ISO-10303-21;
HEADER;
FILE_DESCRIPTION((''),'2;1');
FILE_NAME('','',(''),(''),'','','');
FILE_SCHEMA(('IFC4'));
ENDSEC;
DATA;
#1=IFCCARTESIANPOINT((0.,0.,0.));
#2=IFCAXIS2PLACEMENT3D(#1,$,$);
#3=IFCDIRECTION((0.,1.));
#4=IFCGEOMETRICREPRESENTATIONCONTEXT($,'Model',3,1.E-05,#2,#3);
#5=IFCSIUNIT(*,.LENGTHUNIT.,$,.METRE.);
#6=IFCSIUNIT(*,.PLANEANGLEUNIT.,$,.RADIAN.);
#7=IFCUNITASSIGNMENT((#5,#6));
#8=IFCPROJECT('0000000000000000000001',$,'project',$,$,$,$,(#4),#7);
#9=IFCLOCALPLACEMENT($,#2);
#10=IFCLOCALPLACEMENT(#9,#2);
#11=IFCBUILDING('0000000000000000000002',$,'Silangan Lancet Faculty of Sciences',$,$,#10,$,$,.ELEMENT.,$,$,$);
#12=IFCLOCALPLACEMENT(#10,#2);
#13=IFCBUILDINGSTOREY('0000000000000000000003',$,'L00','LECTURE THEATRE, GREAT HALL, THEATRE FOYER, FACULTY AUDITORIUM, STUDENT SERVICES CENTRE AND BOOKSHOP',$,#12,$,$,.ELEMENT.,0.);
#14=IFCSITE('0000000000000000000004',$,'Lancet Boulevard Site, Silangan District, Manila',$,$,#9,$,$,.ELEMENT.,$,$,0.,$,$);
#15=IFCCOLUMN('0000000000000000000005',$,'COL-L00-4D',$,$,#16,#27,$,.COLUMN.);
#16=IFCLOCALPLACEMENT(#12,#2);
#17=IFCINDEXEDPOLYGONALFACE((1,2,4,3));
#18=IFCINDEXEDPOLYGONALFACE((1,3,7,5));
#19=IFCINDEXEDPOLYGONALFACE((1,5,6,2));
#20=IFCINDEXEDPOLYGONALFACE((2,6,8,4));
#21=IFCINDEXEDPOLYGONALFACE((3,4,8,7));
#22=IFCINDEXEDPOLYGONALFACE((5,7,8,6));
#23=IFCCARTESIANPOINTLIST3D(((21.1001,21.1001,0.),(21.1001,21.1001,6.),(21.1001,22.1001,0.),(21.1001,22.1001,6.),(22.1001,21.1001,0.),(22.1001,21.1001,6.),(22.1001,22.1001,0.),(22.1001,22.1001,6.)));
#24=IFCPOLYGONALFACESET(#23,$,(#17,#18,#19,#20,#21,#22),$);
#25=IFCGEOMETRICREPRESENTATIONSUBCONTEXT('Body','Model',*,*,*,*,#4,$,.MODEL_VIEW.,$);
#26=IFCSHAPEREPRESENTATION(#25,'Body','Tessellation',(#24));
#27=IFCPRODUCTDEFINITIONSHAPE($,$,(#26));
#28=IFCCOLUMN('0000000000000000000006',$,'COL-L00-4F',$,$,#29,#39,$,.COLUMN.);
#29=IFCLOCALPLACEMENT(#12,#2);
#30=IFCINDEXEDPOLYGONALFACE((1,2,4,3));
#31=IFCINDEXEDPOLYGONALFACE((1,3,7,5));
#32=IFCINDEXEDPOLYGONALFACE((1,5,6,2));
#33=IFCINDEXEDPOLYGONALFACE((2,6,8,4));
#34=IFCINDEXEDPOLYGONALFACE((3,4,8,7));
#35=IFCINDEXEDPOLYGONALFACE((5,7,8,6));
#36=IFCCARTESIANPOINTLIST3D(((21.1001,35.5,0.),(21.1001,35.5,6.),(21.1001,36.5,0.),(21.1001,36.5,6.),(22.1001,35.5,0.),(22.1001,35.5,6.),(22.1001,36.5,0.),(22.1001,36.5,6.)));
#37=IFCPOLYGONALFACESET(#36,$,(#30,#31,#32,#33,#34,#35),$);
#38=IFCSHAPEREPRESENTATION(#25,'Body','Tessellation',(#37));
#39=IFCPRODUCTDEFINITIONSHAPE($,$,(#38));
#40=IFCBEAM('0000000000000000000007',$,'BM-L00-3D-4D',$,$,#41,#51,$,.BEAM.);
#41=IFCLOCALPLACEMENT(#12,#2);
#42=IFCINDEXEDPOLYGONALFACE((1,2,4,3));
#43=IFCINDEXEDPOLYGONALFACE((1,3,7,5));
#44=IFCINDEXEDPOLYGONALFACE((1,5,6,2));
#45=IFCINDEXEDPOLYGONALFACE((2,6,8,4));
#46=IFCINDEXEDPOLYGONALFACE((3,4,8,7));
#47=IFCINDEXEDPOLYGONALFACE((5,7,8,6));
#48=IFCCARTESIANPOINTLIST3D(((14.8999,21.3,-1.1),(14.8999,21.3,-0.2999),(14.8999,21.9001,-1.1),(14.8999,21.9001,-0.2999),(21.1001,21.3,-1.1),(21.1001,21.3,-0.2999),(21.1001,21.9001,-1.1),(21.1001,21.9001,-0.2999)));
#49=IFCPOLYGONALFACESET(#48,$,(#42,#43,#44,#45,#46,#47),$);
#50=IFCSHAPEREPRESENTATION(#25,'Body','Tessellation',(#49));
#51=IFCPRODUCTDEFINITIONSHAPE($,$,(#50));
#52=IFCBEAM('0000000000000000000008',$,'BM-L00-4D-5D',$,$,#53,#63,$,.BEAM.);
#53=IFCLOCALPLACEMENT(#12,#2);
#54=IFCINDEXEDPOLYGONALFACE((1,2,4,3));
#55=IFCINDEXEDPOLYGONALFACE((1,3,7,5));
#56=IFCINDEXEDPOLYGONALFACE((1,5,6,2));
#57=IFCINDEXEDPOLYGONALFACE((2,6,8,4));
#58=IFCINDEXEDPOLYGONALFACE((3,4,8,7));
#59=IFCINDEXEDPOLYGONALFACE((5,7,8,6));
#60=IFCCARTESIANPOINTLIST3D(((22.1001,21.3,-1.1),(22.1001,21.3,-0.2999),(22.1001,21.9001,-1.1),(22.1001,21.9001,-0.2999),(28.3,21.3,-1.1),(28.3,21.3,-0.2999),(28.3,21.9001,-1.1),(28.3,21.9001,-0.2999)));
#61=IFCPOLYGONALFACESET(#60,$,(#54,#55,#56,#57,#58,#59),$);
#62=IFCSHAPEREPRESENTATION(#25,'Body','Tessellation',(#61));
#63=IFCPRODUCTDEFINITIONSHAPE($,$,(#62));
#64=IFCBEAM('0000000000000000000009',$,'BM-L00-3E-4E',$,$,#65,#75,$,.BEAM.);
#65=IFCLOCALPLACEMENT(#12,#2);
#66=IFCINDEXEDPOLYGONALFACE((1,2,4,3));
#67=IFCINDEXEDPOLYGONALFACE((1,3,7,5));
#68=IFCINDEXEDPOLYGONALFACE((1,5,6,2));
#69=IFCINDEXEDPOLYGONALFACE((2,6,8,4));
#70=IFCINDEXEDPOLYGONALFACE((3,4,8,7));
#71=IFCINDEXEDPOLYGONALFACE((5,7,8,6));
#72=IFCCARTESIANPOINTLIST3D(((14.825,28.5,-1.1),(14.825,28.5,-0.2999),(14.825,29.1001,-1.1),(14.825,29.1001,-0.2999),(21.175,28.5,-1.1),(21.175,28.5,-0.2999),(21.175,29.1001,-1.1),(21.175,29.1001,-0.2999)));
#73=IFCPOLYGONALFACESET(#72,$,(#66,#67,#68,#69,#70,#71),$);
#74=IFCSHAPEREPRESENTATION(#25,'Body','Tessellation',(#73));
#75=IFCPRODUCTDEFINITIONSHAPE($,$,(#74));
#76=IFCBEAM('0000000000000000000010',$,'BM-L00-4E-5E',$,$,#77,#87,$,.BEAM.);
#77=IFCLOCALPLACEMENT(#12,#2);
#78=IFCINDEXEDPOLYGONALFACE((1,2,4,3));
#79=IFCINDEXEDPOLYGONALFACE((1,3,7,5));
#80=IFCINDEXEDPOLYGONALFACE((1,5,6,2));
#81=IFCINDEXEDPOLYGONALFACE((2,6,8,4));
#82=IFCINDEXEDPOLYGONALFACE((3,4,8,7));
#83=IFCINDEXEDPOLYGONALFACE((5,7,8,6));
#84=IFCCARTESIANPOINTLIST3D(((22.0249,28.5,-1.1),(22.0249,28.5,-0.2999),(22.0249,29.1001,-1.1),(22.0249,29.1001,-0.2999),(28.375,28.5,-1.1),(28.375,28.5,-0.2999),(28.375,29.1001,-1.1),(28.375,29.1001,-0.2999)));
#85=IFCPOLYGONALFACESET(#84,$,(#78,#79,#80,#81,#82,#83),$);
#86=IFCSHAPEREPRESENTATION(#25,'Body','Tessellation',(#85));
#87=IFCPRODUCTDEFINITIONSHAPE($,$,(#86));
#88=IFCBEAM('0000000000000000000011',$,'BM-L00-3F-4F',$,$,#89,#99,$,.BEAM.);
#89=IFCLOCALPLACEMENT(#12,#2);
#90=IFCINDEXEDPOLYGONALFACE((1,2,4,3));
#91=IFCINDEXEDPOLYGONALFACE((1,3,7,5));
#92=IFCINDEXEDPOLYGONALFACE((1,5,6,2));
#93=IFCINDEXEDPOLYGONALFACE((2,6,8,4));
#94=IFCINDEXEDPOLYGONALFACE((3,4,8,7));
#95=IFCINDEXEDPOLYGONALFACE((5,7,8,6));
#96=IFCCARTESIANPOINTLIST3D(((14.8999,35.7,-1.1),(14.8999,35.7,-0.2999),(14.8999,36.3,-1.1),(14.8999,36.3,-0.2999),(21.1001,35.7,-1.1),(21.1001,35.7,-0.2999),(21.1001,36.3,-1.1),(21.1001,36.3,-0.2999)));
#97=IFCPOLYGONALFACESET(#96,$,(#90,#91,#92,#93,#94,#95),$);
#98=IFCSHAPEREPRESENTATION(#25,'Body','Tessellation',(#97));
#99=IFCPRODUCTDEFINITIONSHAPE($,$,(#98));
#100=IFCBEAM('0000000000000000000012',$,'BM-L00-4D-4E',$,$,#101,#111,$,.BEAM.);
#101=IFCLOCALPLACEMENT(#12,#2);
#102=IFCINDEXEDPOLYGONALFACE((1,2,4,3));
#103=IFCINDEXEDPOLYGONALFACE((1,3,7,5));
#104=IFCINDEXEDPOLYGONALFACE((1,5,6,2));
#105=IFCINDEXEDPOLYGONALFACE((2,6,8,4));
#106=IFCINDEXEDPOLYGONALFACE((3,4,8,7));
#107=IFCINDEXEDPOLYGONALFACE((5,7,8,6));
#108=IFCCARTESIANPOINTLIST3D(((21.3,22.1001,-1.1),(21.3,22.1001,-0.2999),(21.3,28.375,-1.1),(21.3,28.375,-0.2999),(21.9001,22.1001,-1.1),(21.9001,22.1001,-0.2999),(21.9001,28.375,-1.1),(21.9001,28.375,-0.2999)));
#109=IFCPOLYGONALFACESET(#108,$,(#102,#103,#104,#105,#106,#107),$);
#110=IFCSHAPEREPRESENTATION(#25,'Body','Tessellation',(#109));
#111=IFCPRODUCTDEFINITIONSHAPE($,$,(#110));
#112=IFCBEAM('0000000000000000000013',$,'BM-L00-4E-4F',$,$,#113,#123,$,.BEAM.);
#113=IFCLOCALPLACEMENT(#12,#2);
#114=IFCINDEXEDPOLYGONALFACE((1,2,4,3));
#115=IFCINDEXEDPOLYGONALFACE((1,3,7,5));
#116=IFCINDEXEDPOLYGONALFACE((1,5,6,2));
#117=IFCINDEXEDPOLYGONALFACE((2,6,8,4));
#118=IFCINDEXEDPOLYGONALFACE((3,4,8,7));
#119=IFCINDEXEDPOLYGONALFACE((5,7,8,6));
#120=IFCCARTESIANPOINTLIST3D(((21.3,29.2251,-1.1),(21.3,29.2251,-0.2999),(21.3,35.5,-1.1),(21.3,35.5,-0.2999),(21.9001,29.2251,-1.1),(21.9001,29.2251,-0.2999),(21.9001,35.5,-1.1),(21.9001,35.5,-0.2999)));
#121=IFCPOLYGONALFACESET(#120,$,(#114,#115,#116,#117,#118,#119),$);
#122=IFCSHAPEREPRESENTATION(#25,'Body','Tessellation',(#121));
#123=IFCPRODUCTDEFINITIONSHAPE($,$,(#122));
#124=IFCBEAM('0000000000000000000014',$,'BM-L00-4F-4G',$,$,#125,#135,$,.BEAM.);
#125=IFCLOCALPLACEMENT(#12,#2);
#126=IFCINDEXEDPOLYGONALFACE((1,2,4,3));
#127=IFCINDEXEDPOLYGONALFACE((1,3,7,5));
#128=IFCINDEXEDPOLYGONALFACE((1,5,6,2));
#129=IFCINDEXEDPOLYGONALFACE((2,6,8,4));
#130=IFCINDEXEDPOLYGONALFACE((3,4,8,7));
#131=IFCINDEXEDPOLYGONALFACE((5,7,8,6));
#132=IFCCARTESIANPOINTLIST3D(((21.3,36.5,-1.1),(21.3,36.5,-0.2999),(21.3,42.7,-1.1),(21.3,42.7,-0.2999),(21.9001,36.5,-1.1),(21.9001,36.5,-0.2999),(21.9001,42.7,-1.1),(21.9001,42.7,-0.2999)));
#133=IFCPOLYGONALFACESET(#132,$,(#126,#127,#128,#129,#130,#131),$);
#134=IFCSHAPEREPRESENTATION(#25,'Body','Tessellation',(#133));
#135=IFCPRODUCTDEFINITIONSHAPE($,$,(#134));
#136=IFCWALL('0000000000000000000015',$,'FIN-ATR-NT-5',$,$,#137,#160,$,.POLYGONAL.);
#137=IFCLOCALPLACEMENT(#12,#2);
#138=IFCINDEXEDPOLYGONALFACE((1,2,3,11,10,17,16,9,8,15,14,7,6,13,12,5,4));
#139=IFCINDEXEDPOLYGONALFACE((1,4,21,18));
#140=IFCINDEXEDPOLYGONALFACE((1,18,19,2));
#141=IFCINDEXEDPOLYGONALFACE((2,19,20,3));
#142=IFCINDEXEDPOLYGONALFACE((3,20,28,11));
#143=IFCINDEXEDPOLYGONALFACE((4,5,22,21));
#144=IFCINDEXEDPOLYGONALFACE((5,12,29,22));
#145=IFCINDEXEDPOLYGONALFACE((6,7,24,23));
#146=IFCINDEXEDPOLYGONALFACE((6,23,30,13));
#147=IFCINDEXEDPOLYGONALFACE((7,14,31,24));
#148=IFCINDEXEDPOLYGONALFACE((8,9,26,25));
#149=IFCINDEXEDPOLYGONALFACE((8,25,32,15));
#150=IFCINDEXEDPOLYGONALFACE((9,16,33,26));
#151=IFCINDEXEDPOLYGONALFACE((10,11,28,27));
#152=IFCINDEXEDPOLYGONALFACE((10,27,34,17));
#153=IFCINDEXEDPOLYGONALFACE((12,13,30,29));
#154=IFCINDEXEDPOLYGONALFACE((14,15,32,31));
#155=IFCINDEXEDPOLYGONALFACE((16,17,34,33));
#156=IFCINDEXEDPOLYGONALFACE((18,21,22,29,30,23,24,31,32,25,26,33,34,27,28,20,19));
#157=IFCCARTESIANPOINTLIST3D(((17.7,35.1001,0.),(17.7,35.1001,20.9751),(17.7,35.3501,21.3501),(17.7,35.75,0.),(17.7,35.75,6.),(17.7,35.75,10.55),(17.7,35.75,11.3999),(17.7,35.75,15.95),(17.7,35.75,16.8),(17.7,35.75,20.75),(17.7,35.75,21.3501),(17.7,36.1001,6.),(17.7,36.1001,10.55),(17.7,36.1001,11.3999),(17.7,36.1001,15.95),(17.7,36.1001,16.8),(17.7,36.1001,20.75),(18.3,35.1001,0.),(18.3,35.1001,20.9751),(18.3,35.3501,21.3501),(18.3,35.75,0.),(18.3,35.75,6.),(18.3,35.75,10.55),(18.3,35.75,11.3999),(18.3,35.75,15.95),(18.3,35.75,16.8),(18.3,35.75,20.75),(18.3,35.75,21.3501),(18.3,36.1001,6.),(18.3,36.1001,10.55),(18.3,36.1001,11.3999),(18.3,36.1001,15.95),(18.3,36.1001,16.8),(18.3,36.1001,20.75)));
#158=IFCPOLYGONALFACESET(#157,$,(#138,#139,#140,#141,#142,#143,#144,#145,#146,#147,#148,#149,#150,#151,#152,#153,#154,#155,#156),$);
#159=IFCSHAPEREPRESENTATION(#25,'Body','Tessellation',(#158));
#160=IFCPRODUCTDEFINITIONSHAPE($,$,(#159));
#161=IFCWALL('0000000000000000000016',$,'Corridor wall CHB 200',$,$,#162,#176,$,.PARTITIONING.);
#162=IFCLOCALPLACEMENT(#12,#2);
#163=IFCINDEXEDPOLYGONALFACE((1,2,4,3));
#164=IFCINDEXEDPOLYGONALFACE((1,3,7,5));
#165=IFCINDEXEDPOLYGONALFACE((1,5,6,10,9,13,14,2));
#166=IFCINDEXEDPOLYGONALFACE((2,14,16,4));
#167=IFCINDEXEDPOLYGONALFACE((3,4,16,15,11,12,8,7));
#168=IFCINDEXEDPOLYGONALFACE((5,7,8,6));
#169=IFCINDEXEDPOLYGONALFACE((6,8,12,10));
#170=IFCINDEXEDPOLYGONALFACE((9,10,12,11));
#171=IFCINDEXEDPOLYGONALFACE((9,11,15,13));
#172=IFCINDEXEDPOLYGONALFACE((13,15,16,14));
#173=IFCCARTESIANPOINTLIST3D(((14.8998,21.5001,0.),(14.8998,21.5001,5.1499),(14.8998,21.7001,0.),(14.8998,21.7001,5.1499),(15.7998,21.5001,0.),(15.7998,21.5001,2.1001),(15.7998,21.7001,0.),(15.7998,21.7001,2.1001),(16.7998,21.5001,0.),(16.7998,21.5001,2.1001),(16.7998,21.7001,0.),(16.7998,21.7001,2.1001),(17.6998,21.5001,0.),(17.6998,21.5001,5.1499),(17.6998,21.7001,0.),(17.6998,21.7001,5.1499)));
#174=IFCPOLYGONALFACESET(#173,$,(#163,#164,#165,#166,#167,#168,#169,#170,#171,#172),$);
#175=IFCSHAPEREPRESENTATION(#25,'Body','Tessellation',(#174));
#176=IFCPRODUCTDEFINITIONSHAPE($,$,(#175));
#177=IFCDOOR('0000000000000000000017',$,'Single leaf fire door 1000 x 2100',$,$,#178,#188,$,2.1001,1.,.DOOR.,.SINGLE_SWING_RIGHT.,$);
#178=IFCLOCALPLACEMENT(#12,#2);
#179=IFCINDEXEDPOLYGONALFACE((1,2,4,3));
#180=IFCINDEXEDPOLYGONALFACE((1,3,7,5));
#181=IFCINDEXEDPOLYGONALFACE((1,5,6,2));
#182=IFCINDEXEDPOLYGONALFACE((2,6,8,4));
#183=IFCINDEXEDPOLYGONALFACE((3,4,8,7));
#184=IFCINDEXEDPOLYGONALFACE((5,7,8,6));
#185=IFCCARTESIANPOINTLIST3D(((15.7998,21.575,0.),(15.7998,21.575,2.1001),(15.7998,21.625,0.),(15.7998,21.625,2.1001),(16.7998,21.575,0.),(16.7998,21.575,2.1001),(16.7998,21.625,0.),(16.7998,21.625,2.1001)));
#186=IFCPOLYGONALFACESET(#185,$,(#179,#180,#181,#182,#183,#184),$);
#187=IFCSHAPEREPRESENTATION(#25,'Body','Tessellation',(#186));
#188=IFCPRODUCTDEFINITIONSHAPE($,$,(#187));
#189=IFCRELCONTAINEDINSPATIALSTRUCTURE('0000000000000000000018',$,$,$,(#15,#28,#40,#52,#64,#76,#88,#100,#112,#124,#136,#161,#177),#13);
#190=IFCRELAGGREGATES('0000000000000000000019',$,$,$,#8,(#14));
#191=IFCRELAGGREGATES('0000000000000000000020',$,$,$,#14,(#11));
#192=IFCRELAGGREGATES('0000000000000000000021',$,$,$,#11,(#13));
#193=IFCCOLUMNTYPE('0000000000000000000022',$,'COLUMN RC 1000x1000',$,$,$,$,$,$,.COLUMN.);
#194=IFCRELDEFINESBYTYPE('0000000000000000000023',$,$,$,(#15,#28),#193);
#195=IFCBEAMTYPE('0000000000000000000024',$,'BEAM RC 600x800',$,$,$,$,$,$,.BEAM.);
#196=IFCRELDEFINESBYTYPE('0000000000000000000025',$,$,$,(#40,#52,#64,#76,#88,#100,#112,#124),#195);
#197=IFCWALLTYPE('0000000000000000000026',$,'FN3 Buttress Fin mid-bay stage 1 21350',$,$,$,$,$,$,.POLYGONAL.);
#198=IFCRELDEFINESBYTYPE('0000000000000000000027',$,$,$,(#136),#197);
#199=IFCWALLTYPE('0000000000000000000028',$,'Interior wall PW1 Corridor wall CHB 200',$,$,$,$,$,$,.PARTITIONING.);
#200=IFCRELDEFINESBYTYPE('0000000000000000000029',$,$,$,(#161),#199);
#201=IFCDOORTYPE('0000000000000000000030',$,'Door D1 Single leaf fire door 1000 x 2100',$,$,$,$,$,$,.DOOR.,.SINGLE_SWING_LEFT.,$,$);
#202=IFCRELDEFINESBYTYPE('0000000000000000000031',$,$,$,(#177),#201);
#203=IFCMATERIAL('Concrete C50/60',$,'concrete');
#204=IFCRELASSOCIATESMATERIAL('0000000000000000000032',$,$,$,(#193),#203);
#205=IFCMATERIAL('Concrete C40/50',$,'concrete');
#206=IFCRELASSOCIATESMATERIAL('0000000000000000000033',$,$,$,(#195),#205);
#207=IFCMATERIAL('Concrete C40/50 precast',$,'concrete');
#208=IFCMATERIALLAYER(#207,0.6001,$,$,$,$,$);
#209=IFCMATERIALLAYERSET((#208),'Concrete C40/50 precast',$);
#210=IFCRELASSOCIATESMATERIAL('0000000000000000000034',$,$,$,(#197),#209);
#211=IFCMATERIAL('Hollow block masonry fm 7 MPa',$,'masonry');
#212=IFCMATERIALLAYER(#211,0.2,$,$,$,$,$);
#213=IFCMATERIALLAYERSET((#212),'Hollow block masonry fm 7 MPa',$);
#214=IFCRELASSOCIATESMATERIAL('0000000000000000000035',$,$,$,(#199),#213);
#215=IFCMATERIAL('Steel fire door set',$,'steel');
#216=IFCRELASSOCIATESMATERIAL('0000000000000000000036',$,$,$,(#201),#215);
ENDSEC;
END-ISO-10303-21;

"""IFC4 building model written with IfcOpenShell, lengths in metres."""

from ifc_helpers import new_model, si_unit, direction, frame, frame_2d, origin, origin_2d, place, context, subcontext, project, spatial, polyline, rectangle, outline, extrude, material, layer, layer_set, material_profile, profile_set, type_object, element, fill, save


model = new_model("IFC4")

# Units and contexts
model_context = context("Model", 3, precision=1e-05, world=origin(), true_north=direction((0.0, 1.0)))
body_context = subcontext(model_context, "Body", "Model", "MODEL_VIEW")
ifc_project = project(units=[si_unit("LENGTHUNIT", "METRE"), si_unit("PLANEANGLEUNIT", "RADIAN")], contexts=[model_context])

# Site, building, storey
site_placement = place(None, origin())
site = spatial("IfcSite", under=ifc_project, at=site_placement, Name="Lancet Boulevard Site, Silangan District, Manila", CompositionType="ELEMENT", RefElevation=0.0)
building_placement = place(site_placement, origin())
building = spatial("IfcBuilding", under=site, at=building_placement, Name="Silangan Lancet Faculty of Sciences", CompositionType="ELEMENT")
storey_placement = place(building_placement, origin())
storey = spatial("IfcBuildingStorey", under=building, at=storey_placement, Name="L00", Description="LECTURE THEATRE, GREAT HALL, THEATRE FOYER, FACULTY AUDITORIUM, STUDENT SERVICES CENTRE AND BOOKSHOP", CompositionType="ELEMENT", Elevation=0.0)

# Columns
ifc_material_1 = material(Name="Concrete C50/60", Category="concrete")
ifc_material_profile_1 = material_profile(ifc_material_1, rectangle(XDim=1.0, YDim=1.0, at=origin_2d()), Name="RC 1000x1000")
ifc_profile_set_1 = profile_set([ifc_material_profile_1], Name="Concrete C50/60")
column_type = type_object("IfcColumnType", Name="COLUMN RC 1000x1000", PredefinedType="COLUMN", material=ifc_profile_set_1)
for number, where, z_axis, x_axis, name in (
    (1, (21.6001, 21.6001, 0.0), (0.0, 0.0, 1.0), (1.0, 0.0, 0.0), "COL-L00-4D"),
    (2, (21.6001, 36.0, 0.0), (0.0, 0.0, 1.0), (1.0, 0.0, 0.0), "COL-L00-4F"),
):
    element("IfcColumn", number, at=place(storey_placement, frame(where, z_axis=z_axis, x_axis=x_axis)), inside=storey, type_object=column_type, Name=name, PredefinedType="COLUMN", context=body_context, shape_type="SweptSolid", body=[
        extrude(rectangle(XDim=1.0, YDim=1.0, at=origin_2d()), origin(), (0.0, 0.0, 1.0), 6.0),
    ])

# Beams
ifc_material_2 = material(Name="Concrete C40/50", Category="concrete")
ifc_material_profile_2 = material_profile(ifc_material_2, rectangle(XDim=0.6001, YDim=0.8, at=origin_2d()), Name="RC 600x800")
ifc_profile_set_2 = profile_set([ifc_material_profile_2], Name="Concrete C40/50")
beam_type = type_object("IfcBeamType", Name="BEAM RC 600x800", PredefinedType="BEAM", material=ifc_profile_set_2)
beam_1_placement = place(storey_placement, frame((14.8999, 21.6001, -0.7), z_axis=(1.0, 0.0, 0.0), x_axis=(0.0, 1.0, 0.0)))
element("IfcBeam", 3, at=beam_1_placement, inside=storey, type_object=beam_type, Name="BM-L00-3D-4D", PredefinedType="BEAM", context=body_context, shape_type="SweptSolid", body=[
    extrude(rectangle(XDim=0.6001, YDim=0.8, at=origin_2d()), origin(), (0.0, 0.0, 1.0), 6.2002),
])
beam_2_placement = place(storey_placement, frame((22.1001, 21.6001, -0.7), z_axis=(1.0, 0.0, 0.0), x_axis=(0.0, 1.0, 0.0)))
element("IfcBeam", 4, at=beam_2_placement, inside=storey, type_object=beam_type, Name="BM-L00-4D-5D", PredefinedType="BEAM", context=body_context, shape_type="SweptSolid", body=[
    extrude(rectangle(XDim=0.6001, YDim=0.8, at=origin_2d()), origin(), (0.0, 0.0, 1.0), 6.2),
])
for number, where, z_axis, x_axis, name in (
    (5, (14.825, 28.8, -0.7), (1.0, 0.0, 0.0), (0.0, 1.0, 0.0), "BM-L00-3E-4E"),
    (6, (22.0249, 28.8, -0.7), (1.0, 0.0, 0.0), (0.0, 1.0, 0.0), "BM-L00-4E-5E"),
):
    element("IfcBeam", number, at=place(storey_placement, frame(where, z_axis=z_axis, x_axis=x_axis)), inside=storey, type_object=beam_type, Name=name, PredefinedType="BEAM", context=body_context, shape_type="SweptSolid", body=[
        extrude(rectangle(XDim=0.6001, YDim=0.8, at=origin_2d()), origin(), (0.0, 0.0, 1.0), 6.3501),
    ])
beam_3_placement = place(storey_placement, frame((14.8999, 36.0, -0.7), z_axis=(1.0, 0.0, 0.0), x_axis=(0.0, 1.0, 0.0)))
element("IfcBeam", 7, at=beam_3_placement, inside=storey, type_object=beam_type, Name="BM-L00-3F-4F", PredefinedType="BEAM", context=body_context, shape_type="SweptSolid", body=[
    extrude(rectangle(XDim=0.6001, YDim=0.8, at=origin_2d()), origin(), (0.0, 0.0, 1.0), 6.2002),
])
for number, where, z_axis, x_axis, name in (
    (8, (21.6001, 22.1001, -0.7), (0.0, 1.0, 0.0), (-1.0, 0.0, 0.0), "BM-L00-4D-4E"),
    (9, (21.6001, 29.2251, -0.7), (0.0, 1.0, 0.0), (-1.0, 0.0, 0.0), "BM-L00-4E-4F"),
):
    element("IfcBeam", number, at=place(storey_placement, frame(where, z_axis=z_axis, x_axis=x_axis)), inside=storey, type_object=beam_type, Name=name, PredefinedType="BEAM", context=body_context, shape_type="SweptSolid", body=[
        extrude(rectangle(XDim=0.6001, YDim=0.8, at=origin_2d()), origin(), (0.0, 0.0, 1.0), 6.2749),
    ])
beam_4_placement = place(storey_placement, frame((21.6001, 36.5, -0.7), z_axis=(0.0, 1.0, 0.0), x_axis=(-1.0, 0.0, 0.0)))
element("IfcBeam", 10, at=beam_4_placement, inside=storey, type_object=beam_type, Name="BM-L00-4F-4G", PredefinedType="BEAM", context=body_context, shape_type="SweptSolid", body=[
    extrude(rectangle(XDim=0.6001, YDim=0.8, at=origin_2d()), origin(), (0.0, 0.0, 1.0), 6.2),
])

# Wall
ifc_material_3 = material(Name="Concrete C40/50 precast", Category="concrete")
ifc_layer_1 = layer(ifc_material_3, 0.6001)
ifc_layer_set_1 = layer_set([ifc_layer_1], Name="Concrete C40/50 precast")
wall_type_1 = type_object("IfcWallType", Name="FN3 Buttress Fin mid-bay stage 1 21350", PredefinedType="POLYGONAL", material=ifc_layer_set_1)
wall_1_placement = place(storey_placement, frame((18.0, 36.1001, 0.0), z_axis=(0.0, 0.0, 1.0), x_axis=(0.0, -1.0, 0.0)))
element("IfcWall", 11, at=wall_1_placement, inside=storey, type_object=wall_type_1, Name="FIN-ATR-NT-5", PredefinedType="POLYGONAL", context=body_context, shape_type="SweptSolid", body=[
    extrude(outline(polyline([(1.0, 0.0), (1.0, 20.9751), (0.75, 21.3501), (0.3501, 21.3501), (0.3501, 20.75), (0.0, 20.75), (0.0, 16.8), (0.3501, 16.8), (0.3501, 15.95), (0.0, 15.95), (0.0, 11.3999), (0.3501, 11.3999), (0.3501, 10.55), (0.0, 10.55), (0.0, 6.0), (0.3501, 6.0), (0.3501, 0.0), (1.0, 0.0)])), frame((0.0, 0.3, 0.0), z_axis=(0.0, -1.0, 0.0), x_axis=(1.0, 0.0, 0.0)), (0.0, 0.0, 1.0), 0.6001),
])

# Wall, opening, door
ifc_material_4 = material(Name="Hollow block masonry fm 7 MPa", Category="masonry")
ifc_layer_2 = layer(ifc_material_4, 0.2)
ifc_layer_set_2 = layer_set([ifc_layer_2], Name="Hollow block masonry fm 7 MPa")
wall_type_2 = type_object("IfcWallType", Name="Interior wall PW1 Corridor wall CHB 200", PredefinedType="PARTITIONING", material=ifc_layer_set_2)
wall_2_placement = place(storey_placement, frame((14.8999, 21.6001, 0.0), z_axis=(0.0, 0.0, 1.0), x_axis=(1.0, 0.0, 0.0)))
wall_2 = element("IfcWall", 12, at=wall_2_placement, inside=storey, type_object=wall_type_2, Name="Corridor wall CHB 200", PredefinedType="PARTITIONING", context=body_context, shape_type="SweptSolid", body=[
    extrude(rectangle(XDim=2.8, YDim=0.2, at=frame_2d((1.3999, 0.0))), origin(), (0.0, 0.0, 1.0), 5.1499),
])
opening_1_placement = place(wall_2_placement, frame((0.8999, 0.0, 0.0)))
opening_1 = element("IfcOpeningElement", 13, at=opening_1_placement, cuts=wall_2, PredefinedType="OPENING", context=body_context, shape_type="SweptSolid", body=[
    extrude(rectangle(XDim=1.0, YDim=2.1001, at=frame_2d((0.5, 1.05))), frame((0.0, 0.1099, 0.0), z_axis=(0.0, -1.0, 0.0), x_axis=(1.0, 0.0, 0.0)), (0.0, 0.0, 1.0), 0.22),
])
ifc_material_5 = material(Name="Steel fire door set", Category="steel")
door_type = type_object("IfcDoorType", Name="Door D1 Single leaf fire door 1000 x 2100", OperationType="SINGLE_SWING_LEFT", PredefinedType="DOOR", material=ifc_material_5)
door_1_placement = place(opening_1_placement, frame((1.0, 0.0, 0.0), z_axis=(0.0, 0.0, 1.0), x_axis=(-1.0, 0.0, 0.0)))
door_1 = element("IfcDoor", 14, at=door_1_placement, inside=storey, type_object=door_type, Name="Single leaf fire door 1000 x 2100", OperationType="SINGLE_SWING_RIGHT", OverallHeight=2.1001, OverallWidth=1.0, PredefinedType="DOOR", context=body_context, shape_type="SweptSolid", body=[
    extrude(rectangle(XDim=1.0, YDim=2.1001, at=frame_2d((0.5, 1.05))), frame((0.0, 0.0251, 0.0), z_axis=(0.0, -1.0, 0.0), x_axis=(1.0, 0.0, 0.0)), (0.0, 0.0, 1.0), 0.05),
])
fill(opening_1, door_1)

save(model, "model.ifc")
